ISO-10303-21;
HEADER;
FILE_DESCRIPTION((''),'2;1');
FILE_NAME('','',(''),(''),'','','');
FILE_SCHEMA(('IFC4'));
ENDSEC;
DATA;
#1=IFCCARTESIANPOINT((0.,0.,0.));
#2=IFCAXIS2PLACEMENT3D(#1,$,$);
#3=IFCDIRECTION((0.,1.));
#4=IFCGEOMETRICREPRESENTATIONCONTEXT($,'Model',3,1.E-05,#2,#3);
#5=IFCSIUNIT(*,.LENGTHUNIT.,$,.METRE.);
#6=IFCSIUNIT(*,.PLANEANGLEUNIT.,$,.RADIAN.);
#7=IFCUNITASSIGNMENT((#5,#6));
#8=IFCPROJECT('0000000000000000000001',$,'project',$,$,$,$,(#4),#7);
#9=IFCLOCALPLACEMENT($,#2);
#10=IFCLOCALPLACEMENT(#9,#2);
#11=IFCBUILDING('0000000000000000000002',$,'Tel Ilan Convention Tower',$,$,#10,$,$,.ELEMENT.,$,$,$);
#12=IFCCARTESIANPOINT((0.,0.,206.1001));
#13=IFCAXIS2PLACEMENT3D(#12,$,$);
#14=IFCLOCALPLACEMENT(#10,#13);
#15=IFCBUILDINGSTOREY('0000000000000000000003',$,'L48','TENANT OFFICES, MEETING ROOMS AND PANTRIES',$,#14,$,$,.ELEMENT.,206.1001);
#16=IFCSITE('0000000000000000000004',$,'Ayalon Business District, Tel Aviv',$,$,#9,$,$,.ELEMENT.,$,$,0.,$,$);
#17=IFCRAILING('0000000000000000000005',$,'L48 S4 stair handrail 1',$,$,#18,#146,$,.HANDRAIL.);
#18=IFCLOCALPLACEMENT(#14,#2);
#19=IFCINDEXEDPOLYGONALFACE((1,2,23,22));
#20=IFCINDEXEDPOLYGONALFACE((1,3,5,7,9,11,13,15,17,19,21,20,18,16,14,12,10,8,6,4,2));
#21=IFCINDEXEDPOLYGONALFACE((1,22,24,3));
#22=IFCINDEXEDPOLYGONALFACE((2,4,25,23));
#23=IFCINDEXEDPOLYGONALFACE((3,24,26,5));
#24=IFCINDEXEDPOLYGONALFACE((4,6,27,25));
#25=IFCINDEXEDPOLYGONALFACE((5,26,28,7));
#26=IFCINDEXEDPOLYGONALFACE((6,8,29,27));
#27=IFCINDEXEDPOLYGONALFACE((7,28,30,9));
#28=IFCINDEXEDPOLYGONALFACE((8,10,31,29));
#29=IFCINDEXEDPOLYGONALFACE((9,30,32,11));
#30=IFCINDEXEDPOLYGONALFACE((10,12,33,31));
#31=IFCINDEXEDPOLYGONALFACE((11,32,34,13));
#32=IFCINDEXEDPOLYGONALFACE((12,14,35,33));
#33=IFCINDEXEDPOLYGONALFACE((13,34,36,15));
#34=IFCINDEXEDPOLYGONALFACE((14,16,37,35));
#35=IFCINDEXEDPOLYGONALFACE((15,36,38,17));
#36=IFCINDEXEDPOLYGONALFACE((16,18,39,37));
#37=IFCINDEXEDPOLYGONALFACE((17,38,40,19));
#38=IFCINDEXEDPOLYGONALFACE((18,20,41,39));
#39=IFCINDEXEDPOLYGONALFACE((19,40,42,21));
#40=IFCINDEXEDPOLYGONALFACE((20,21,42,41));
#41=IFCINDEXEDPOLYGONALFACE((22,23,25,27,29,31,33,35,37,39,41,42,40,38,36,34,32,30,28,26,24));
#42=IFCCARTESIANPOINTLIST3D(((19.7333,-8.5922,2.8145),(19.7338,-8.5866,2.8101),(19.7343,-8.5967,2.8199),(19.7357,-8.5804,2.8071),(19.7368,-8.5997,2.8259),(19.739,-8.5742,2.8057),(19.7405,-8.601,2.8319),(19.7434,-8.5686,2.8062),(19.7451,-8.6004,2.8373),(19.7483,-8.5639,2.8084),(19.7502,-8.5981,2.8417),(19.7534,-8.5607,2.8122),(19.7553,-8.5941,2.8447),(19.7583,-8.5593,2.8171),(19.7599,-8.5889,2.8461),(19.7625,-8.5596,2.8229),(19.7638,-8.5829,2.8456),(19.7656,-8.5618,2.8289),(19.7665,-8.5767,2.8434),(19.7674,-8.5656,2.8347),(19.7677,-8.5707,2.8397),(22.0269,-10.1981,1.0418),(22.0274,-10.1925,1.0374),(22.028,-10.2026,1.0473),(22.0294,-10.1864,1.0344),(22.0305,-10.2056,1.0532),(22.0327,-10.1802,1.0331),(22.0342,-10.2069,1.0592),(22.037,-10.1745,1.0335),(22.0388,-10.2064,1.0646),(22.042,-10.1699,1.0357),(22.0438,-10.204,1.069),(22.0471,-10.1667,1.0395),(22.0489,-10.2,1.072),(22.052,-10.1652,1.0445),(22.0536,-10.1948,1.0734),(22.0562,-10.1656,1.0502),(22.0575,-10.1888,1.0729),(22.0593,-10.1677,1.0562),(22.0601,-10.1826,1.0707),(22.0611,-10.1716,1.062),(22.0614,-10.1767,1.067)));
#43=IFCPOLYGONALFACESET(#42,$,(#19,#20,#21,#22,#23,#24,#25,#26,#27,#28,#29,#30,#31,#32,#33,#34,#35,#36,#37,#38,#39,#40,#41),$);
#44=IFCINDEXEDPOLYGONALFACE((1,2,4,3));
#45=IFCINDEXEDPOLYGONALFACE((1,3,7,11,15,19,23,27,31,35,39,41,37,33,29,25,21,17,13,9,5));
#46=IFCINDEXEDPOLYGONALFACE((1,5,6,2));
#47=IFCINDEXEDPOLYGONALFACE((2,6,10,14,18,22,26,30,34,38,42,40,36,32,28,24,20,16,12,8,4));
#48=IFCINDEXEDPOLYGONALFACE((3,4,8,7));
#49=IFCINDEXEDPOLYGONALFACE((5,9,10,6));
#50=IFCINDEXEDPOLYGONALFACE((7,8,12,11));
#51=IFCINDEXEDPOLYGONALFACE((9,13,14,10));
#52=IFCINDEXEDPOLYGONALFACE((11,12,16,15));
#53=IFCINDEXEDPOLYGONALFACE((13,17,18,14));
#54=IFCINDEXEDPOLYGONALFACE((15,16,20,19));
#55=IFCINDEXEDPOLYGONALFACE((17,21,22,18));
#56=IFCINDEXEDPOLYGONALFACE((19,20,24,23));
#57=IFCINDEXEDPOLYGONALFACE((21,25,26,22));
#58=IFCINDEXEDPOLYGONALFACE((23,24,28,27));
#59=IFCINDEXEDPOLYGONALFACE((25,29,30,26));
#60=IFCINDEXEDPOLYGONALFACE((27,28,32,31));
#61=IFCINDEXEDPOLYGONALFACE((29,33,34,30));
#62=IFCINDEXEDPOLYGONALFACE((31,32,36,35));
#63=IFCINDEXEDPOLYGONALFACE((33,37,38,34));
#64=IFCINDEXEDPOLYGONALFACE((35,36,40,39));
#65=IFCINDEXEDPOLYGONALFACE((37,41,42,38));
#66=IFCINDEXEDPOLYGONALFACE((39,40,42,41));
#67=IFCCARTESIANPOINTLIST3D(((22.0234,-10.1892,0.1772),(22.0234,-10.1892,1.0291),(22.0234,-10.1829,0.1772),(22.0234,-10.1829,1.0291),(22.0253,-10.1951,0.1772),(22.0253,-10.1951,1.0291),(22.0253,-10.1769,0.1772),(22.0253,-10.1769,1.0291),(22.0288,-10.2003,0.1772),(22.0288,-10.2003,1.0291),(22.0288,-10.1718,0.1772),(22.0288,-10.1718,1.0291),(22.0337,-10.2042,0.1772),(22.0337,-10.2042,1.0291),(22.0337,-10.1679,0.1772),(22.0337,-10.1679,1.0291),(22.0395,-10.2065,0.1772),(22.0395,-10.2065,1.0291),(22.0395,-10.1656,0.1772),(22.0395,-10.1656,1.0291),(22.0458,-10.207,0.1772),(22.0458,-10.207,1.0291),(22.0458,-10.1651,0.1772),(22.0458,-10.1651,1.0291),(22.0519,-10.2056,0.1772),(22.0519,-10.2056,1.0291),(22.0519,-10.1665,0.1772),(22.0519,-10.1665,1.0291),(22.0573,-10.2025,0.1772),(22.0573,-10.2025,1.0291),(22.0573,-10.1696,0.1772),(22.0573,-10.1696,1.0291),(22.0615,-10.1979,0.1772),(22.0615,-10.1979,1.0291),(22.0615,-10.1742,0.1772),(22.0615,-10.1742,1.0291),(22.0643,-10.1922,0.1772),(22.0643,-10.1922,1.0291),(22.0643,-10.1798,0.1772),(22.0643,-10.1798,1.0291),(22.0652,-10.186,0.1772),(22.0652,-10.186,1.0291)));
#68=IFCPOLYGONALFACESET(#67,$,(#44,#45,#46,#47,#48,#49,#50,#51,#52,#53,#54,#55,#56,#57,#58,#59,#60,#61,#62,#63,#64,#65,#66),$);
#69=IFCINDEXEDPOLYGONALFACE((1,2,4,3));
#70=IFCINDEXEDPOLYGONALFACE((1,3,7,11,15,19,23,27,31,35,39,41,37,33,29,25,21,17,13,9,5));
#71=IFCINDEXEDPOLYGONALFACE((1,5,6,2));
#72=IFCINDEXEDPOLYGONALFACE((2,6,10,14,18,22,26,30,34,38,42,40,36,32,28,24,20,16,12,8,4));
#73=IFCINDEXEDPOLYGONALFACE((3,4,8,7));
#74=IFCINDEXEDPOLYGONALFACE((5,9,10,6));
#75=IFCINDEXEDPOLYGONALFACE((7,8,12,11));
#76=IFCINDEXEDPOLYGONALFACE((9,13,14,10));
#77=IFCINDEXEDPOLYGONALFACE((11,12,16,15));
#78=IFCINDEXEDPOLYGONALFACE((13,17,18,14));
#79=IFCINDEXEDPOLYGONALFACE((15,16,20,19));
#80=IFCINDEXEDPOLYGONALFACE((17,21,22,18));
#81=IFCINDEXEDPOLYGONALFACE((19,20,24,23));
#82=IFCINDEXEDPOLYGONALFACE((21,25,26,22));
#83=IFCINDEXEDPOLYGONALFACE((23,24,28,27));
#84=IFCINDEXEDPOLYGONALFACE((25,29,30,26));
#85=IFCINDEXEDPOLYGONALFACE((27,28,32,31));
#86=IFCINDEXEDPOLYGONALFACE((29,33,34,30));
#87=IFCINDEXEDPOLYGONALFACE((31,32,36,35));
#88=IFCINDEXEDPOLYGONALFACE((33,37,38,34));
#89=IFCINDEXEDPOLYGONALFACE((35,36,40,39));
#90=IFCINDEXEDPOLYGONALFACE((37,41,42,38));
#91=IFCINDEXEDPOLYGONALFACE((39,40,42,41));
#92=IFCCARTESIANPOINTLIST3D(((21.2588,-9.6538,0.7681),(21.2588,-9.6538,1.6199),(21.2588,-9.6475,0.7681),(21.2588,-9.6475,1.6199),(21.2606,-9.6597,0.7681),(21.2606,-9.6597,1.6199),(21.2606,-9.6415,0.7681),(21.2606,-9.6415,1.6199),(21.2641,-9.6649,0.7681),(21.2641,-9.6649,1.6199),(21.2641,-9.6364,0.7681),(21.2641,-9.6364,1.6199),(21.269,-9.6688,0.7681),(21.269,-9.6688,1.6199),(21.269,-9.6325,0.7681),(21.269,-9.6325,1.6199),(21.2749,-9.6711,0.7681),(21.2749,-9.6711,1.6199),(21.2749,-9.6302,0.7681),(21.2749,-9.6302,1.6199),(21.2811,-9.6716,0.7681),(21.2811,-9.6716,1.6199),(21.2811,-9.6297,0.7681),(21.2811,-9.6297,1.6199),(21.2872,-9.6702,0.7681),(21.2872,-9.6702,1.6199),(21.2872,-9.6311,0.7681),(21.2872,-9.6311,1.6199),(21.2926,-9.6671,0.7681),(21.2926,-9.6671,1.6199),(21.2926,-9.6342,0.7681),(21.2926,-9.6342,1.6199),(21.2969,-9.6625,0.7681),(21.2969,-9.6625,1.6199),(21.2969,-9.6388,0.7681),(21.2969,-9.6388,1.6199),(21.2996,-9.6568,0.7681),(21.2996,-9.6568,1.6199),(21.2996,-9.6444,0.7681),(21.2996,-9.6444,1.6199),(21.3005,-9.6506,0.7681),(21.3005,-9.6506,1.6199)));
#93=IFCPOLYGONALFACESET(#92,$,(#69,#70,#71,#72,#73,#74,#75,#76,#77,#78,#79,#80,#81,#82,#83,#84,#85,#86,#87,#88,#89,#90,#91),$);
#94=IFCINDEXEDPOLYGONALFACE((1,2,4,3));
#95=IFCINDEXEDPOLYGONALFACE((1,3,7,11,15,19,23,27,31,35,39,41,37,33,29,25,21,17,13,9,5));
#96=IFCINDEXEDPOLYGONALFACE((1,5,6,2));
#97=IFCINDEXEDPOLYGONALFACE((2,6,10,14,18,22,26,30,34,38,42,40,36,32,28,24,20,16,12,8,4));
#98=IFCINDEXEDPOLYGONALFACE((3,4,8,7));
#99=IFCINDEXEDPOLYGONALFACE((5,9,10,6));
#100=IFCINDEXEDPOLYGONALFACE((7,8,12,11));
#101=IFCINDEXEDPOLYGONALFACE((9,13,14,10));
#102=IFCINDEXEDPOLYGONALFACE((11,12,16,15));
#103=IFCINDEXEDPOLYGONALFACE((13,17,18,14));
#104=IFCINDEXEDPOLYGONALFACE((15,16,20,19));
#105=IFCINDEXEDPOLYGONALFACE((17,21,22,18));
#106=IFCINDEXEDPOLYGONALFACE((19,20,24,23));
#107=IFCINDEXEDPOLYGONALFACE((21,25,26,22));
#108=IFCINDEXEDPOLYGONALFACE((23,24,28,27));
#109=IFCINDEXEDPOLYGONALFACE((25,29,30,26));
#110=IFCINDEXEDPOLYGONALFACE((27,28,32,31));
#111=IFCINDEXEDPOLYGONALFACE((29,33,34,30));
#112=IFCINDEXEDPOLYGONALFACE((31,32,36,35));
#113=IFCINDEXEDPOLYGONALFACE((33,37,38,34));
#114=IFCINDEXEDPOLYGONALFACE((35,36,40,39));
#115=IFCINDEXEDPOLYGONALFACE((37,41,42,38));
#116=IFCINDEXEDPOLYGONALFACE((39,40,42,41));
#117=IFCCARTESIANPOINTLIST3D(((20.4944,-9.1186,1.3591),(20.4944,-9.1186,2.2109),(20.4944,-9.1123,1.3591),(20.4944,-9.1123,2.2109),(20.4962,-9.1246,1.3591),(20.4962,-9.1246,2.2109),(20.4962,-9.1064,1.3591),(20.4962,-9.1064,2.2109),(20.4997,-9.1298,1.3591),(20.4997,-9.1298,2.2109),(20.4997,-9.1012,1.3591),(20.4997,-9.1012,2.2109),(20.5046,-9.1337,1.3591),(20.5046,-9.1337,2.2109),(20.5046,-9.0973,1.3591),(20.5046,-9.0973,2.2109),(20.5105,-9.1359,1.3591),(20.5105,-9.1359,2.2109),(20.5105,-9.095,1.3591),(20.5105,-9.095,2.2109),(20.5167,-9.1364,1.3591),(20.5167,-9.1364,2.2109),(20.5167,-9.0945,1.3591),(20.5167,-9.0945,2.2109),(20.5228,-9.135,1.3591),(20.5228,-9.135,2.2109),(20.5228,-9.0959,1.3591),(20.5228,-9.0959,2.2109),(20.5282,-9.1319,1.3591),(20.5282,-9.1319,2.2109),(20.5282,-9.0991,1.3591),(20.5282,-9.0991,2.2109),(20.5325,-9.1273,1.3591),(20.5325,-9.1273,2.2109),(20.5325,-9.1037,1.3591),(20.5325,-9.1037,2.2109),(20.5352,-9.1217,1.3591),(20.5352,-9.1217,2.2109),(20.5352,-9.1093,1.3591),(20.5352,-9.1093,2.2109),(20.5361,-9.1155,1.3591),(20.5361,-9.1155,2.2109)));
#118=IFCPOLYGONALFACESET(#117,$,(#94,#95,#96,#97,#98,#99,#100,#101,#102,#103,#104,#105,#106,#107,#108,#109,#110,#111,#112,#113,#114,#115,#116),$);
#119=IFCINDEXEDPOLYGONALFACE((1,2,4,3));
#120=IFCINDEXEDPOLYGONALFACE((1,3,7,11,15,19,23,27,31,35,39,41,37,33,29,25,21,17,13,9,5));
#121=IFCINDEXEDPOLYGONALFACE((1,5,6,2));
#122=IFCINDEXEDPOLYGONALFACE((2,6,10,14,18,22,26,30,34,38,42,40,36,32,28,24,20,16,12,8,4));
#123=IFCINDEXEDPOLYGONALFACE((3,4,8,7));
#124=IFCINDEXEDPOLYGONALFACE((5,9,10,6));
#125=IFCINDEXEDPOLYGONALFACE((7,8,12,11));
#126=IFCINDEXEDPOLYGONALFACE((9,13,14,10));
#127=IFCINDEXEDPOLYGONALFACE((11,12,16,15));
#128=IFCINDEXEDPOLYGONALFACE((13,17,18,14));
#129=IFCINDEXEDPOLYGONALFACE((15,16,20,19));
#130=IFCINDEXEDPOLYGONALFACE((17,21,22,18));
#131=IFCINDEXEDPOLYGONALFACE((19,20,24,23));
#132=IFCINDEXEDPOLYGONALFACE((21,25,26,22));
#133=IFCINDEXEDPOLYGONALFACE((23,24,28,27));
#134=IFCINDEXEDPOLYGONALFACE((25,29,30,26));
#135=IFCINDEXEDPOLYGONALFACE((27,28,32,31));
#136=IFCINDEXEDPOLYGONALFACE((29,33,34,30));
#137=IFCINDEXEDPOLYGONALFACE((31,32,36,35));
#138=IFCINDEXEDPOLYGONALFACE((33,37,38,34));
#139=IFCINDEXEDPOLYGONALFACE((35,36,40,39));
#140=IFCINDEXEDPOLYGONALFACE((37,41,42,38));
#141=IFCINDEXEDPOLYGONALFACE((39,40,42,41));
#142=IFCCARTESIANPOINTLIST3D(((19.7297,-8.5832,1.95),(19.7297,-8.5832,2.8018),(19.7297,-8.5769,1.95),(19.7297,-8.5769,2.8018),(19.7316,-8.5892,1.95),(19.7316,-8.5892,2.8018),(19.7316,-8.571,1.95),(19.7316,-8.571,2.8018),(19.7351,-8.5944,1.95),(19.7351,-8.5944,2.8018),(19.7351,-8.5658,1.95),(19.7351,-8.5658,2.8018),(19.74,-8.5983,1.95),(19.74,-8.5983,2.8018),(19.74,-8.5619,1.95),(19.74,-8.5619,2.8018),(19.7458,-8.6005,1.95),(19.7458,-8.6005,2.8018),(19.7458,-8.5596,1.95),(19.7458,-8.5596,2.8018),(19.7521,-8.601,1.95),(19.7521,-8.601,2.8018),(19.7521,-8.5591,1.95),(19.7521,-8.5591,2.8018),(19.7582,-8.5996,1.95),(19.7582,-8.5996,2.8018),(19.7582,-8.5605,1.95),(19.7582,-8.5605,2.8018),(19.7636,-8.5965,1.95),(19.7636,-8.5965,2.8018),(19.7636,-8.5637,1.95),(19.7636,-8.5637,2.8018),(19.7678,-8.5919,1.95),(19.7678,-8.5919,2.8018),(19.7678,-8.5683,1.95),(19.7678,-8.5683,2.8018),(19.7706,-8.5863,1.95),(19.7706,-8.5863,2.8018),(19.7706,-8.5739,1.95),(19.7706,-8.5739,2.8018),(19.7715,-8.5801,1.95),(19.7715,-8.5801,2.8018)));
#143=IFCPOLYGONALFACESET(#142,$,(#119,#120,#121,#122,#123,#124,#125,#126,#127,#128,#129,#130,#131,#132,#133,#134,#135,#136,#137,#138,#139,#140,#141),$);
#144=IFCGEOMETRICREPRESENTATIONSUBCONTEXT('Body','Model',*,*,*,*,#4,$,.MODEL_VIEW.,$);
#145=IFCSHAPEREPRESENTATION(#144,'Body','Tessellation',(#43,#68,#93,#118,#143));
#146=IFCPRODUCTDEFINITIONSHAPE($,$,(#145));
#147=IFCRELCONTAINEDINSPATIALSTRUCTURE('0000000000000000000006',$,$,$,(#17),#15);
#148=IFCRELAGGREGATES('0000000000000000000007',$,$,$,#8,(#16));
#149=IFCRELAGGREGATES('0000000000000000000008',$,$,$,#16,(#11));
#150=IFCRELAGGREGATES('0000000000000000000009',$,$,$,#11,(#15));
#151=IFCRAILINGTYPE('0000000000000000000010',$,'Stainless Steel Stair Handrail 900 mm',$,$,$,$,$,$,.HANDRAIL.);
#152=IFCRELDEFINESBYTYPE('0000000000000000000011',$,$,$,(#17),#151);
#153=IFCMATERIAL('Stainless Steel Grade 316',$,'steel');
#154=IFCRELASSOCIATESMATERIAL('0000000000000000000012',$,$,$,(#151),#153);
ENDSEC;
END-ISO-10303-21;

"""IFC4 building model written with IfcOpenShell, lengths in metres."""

from ifc_helpers import new_model, si_unit, direction, frame, origin, origin_2d, place, context, subcontext, project, spatial, circle, extrude, material, type_object, element, save


model = new_model("IFC4")

# Units and contexts
model_context = context("Model", 3, precision=1e-05, world=origin(), true_north=direction((0.0, 1.0)))
body_context = subcontext(model_context, "Body", "Model", "MODEL_VIEW")
ifc_project = project(units=[si_unit("LENGTHUNIT", "METRE"), si_unit("PLANEANGLEUNIT", "RADIAN")], contexts=[model_context])

# Site, building, storey
site_placement = place(None, origin())
site = spatial("IfcSite", under=ifc_project, at=site_placement, Name="Ayalon Business District, Tel Aviv", CompositionType="ELEMENT", RefElevation=0.0)
building_placement = place(site_placement, origin())
building = spatial("IfcBuilding", under=site, at=building_placement, Name="Tel Ilan Convention Tower", CompositionType="ELEMENT")
storey_placement = place(building_placement, frame((0.0, 0.0, 206.1001)))
storey = spatial("IfcBuildingStorey", under=building, at=storey_placement, Name="L48", Description="TENANT OFFICES, MEETING ROOMS AND PANTRIES", CompositionType="ELEMENT", Elevation=206.1001)

# Railing
ifc_material_1 = material(Name="Stainless Steel Grade 316", Category="steel")
railing_type_1 = type_object("IfcRailingType", Name="Stainless Steel Stair Handrail 900 mm", PredefinedType="HANDRAIL", material=ifc_material_1)
railing_1_placement = place(storey_placement, frame((22.0442, -10.186, 0.1772)))
element("IfcRailing", 1, at=railing_1_placement, inside=storey, type_object=railing_type_1, Name="L48 S4 stair handrail 1", PredefinedType="HANDRAIL", context=body_context, shape_type="SweptSolid", body=[
    extrude(circle(Radius=0.0239, at=origin_2d()), frame((0.0, 0.0, 0.876), z_axis=(-0.692123, 0.484597, 0.534913), x_axis=(-0.57355, -0.81917, 0.0)), (0.0, 0.0, 1.0), 3.314),
    extrude(circle(Radius=0.021, at=origin_2d()), origin(), (0.0, 0.0, 1.0), 0.8518),
    extrude(circle(Radius=0.021, at=origin_2d()), frame((-0.7646, 0.5354, 0.5908)), (0.0, 0.0, 1.0), 0.8518),
    extrude(circle(Radius=0.021, at=origin_2d()), frame((-1.5291, 1.0706, 1.1819)), (0.0, 0.0, 1.0), 0.8518),
    extrude(circle(Radius=0.021, at=origin_2d()), frame((-2.2937, 1.606, 1.7727)), (0.0, 0.0, 1.0), 0.8518),
])

save(model, "model.ifc")
